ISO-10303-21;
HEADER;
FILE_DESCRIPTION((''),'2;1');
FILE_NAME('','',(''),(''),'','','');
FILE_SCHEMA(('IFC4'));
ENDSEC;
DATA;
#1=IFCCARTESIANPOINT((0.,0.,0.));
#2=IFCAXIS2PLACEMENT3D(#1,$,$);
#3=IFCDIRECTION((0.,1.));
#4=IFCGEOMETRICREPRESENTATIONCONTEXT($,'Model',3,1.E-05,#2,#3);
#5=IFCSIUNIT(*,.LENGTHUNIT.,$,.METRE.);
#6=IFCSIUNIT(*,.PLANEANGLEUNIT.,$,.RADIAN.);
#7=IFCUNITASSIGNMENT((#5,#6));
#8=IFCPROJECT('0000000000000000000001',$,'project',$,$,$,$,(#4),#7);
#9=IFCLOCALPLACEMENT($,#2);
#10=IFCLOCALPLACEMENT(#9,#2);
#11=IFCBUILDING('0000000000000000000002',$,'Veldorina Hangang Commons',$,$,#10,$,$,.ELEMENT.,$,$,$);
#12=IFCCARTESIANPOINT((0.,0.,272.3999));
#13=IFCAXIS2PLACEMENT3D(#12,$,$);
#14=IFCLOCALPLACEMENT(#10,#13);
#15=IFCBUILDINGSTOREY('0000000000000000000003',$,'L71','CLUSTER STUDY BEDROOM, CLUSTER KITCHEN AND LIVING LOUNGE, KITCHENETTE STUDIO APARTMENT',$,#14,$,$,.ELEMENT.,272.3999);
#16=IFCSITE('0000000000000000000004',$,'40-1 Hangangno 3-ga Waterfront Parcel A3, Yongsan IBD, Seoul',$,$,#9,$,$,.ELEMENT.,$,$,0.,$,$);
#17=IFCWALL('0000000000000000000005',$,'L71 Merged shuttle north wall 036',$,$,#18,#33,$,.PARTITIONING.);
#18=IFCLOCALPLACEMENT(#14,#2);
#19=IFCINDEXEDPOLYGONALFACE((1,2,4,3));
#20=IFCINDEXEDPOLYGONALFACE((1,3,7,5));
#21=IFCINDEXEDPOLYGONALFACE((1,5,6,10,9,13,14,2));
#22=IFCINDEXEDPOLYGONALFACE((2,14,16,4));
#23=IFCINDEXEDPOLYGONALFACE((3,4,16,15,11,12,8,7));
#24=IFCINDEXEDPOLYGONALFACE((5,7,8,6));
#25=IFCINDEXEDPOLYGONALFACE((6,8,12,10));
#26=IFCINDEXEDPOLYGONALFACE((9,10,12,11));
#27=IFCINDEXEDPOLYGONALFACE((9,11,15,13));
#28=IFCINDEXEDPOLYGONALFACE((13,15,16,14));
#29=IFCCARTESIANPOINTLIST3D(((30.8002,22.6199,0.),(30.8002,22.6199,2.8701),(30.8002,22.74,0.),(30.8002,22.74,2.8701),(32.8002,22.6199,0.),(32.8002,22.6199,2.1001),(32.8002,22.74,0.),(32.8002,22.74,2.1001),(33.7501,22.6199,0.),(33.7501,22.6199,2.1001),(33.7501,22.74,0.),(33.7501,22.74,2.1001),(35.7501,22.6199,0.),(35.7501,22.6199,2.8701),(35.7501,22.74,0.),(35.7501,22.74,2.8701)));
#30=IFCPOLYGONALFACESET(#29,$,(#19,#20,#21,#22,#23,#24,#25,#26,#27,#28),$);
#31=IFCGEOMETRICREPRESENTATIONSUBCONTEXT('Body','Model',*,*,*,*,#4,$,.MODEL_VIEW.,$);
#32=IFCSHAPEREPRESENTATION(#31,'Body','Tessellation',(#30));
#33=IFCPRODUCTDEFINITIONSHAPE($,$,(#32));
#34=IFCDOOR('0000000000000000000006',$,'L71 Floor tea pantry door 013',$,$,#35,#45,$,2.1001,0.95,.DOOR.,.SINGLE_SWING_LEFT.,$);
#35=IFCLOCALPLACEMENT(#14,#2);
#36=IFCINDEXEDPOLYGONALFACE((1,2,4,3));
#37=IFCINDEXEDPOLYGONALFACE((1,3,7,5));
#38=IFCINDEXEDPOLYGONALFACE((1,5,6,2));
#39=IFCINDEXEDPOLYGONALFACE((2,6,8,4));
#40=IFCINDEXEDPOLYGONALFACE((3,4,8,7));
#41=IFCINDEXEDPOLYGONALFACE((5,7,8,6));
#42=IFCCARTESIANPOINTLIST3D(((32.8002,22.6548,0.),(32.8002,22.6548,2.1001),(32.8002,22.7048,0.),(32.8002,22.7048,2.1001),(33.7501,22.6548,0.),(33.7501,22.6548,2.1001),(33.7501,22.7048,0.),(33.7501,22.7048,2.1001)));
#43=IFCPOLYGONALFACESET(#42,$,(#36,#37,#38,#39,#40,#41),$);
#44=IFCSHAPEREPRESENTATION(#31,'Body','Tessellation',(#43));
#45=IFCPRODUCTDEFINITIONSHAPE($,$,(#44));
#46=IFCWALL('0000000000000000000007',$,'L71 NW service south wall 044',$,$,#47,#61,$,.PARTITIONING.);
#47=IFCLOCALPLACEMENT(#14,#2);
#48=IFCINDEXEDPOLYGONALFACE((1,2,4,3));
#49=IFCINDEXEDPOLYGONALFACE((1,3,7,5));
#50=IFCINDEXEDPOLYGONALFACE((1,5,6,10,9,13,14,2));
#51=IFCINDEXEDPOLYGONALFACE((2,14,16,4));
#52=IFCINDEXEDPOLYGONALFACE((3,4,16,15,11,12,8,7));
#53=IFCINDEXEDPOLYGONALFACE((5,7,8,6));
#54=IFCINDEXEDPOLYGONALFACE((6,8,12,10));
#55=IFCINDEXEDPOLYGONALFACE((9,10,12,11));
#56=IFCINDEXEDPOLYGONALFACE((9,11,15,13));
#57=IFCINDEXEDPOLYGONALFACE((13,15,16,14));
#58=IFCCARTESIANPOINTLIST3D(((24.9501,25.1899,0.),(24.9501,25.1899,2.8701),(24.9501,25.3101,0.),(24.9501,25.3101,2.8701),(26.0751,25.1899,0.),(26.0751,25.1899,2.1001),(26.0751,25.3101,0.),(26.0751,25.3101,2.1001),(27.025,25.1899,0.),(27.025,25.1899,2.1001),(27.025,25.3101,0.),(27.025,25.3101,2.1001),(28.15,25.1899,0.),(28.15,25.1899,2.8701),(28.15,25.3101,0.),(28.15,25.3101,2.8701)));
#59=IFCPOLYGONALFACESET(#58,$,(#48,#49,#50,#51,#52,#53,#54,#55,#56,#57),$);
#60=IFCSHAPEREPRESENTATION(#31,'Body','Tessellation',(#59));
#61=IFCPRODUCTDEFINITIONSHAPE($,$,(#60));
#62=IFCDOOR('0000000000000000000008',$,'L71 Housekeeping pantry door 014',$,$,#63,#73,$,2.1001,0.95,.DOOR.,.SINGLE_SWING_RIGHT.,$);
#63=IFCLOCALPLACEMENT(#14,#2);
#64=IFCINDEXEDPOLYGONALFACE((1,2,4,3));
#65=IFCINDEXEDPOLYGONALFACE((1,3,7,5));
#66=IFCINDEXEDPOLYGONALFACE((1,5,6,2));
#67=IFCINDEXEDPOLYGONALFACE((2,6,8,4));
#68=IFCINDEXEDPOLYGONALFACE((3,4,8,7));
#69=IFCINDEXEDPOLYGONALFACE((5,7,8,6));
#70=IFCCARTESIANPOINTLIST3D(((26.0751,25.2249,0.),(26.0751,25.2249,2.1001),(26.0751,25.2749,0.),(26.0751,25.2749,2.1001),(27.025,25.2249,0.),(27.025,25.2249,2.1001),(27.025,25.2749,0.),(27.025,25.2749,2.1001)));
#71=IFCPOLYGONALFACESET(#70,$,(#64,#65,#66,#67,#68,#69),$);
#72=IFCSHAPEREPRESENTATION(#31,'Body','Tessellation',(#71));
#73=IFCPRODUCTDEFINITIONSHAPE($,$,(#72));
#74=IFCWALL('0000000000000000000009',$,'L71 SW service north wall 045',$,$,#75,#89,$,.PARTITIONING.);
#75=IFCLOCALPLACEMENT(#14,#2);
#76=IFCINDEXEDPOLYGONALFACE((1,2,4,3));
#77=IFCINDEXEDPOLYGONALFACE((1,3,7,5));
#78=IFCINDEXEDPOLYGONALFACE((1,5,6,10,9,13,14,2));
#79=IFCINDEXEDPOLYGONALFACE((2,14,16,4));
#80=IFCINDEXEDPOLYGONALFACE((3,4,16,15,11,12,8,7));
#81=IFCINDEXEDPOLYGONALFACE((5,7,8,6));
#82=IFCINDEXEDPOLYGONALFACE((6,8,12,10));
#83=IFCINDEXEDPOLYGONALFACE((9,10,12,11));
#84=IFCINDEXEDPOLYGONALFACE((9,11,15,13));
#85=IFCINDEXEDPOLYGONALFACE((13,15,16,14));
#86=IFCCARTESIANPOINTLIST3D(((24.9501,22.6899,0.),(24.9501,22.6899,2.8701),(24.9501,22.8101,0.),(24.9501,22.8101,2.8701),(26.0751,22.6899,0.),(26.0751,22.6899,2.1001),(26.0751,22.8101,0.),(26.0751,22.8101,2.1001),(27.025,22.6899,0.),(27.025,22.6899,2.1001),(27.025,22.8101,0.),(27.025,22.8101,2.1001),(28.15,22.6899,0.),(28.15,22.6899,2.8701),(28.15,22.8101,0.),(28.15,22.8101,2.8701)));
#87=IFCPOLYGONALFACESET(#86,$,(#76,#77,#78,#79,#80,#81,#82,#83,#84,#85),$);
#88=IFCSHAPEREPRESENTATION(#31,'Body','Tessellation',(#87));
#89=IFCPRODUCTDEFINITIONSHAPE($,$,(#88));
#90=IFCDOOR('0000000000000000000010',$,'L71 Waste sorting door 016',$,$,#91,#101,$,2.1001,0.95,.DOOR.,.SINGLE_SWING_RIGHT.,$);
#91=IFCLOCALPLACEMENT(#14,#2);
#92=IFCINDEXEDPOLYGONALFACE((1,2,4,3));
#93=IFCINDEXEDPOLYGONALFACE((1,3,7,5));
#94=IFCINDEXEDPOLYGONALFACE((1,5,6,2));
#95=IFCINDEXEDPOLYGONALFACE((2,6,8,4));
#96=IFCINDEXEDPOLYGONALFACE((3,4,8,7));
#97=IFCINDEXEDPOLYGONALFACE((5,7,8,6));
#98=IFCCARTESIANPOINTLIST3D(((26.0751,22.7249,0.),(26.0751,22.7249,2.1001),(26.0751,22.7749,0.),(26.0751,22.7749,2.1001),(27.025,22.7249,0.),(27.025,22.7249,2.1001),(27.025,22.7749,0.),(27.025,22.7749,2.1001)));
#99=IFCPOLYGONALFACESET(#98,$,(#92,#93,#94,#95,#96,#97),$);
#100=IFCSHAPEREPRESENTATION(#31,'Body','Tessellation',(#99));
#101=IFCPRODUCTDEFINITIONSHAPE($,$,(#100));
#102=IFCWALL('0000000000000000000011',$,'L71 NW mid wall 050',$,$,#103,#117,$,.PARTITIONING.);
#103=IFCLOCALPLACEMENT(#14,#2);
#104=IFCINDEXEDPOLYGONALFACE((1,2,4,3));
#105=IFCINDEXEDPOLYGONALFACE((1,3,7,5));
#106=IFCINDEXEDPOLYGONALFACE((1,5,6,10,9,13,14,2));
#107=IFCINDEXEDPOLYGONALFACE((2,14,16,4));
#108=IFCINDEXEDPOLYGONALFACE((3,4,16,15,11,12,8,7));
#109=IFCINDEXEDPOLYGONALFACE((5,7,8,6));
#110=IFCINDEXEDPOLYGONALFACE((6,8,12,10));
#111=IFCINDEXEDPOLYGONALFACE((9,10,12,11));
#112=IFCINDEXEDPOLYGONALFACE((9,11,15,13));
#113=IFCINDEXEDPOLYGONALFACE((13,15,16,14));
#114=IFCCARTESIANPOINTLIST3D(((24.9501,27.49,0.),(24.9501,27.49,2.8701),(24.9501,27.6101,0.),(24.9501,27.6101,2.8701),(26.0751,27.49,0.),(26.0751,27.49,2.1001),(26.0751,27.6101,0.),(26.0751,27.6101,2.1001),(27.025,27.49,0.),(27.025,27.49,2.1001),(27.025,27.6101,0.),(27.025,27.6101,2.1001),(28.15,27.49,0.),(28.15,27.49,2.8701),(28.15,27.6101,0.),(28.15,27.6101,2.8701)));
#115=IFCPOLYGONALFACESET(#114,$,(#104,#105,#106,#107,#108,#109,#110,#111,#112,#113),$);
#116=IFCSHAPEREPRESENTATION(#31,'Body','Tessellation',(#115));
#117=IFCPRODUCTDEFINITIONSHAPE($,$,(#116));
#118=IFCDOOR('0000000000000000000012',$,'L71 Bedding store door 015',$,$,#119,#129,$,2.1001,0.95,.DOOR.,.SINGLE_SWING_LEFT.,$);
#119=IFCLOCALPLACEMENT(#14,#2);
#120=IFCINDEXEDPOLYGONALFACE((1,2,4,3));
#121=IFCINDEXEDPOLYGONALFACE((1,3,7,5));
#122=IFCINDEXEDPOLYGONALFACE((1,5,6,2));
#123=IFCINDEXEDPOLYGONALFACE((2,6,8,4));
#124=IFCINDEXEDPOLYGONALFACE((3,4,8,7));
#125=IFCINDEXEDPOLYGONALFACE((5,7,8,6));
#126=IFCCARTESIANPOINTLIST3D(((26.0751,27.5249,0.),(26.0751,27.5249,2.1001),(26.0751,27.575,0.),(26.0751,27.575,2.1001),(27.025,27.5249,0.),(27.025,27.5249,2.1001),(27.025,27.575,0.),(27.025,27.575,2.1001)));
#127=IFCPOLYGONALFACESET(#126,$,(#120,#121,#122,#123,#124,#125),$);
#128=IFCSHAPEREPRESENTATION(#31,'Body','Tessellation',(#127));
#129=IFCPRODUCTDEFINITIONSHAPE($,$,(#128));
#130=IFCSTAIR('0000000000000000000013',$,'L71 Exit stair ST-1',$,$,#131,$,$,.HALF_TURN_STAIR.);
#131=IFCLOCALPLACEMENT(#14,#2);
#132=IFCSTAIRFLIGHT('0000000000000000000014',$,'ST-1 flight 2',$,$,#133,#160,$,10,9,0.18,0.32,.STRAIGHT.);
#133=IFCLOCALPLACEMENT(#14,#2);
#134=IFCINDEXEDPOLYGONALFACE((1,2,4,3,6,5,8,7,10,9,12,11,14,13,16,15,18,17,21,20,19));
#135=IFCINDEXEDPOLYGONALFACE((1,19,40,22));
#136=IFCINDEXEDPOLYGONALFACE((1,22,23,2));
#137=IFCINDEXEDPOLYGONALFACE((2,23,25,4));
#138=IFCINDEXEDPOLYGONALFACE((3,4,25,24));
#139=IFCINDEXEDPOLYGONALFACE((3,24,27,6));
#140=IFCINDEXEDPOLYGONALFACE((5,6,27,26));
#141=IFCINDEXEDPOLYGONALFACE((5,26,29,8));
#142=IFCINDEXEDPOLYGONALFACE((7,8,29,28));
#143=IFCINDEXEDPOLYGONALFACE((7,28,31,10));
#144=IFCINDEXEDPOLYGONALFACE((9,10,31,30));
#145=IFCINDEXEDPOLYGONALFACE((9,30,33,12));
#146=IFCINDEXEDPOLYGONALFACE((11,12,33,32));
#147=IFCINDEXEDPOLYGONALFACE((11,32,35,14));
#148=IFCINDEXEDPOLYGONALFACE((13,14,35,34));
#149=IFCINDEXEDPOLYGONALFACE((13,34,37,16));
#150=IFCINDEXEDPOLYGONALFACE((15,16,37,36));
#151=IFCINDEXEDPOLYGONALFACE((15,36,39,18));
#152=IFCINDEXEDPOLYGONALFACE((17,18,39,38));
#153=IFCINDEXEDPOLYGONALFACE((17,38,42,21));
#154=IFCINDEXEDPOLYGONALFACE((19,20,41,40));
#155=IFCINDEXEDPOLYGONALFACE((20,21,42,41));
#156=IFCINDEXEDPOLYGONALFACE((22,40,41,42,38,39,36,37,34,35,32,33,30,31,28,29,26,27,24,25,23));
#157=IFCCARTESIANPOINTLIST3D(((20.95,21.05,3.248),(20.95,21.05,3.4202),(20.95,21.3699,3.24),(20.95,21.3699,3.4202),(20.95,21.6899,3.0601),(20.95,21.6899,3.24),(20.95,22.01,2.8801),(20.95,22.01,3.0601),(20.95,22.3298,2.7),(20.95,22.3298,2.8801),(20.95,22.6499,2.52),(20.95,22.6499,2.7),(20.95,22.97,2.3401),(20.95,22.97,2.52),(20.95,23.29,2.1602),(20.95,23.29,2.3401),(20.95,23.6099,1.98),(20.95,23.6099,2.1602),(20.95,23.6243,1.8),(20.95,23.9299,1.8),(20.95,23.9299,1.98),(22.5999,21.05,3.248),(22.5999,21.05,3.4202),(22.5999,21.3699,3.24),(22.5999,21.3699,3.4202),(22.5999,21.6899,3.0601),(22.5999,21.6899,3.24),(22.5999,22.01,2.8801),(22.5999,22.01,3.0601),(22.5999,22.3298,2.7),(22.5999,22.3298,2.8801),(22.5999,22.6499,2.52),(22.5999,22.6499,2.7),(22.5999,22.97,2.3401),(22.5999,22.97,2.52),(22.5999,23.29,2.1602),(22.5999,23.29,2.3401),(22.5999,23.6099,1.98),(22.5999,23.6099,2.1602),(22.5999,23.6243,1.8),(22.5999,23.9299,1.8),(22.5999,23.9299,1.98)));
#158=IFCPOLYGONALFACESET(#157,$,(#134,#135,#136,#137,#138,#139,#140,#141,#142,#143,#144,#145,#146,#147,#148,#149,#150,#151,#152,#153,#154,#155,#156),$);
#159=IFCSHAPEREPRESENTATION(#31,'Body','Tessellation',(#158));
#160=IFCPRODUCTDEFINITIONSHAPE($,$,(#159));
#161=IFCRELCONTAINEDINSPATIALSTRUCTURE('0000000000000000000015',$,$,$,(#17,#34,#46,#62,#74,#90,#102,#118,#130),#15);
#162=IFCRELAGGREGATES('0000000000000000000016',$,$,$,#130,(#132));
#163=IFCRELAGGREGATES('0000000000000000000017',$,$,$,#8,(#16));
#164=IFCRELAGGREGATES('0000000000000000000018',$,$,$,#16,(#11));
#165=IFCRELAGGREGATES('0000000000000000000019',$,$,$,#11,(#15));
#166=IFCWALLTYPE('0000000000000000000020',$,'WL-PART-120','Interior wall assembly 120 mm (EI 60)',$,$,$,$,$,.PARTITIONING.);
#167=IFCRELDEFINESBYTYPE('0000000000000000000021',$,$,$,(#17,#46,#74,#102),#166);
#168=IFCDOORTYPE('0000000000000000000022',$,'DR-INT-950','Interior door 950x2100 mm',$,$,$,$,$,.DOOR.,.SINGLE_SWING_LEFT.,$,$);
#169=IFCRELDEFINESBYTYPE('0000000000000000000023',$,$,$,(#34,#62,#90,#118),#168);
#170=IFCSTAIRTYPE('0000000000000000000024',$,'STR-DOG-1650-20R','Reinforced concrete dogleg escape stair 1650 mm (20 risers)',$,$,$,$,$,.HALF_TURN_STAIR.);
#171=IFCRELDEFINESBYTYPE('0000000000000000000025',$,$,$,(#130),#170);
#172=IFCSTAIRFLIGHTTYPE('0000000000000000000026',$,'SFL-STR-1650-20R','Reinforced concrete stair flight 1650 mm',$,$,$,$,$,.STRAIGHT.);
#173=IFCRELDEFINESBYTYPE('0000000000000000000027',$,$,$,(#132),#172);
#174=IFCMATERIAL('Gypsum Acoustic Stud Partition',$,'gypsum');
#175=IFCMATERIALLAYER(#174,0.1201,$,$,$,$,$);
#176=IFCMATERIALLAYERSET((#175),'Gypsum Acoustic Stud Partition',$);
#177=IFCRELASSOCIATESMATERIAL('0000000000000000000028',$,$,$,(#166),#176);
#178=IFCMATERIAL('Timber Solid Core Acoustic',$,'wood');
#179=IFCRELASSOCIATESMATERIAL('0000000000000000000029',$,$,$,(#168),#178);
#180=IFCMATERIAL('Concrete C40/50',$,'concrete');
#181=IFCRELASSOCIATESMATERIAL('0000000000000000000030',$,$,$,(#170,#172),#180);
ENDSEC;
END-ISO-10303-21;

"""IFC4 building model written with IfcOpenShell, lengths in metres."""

from ifc_helpers import new_model, si_unit, direction, frame, frame_2d, origin, place, context, subcontext, project, spatial, polyline, rectangle, outline, extrude, material, layer, layer_set, type_object, element, fill, aggregate, save


model = new_model("IFC4")

# Units and contexts
model_context = context("Model", 3, precision=1e-05, world=origin(), true_north=direction((0.0, 1.0)))
body_context = subcontext(model_context, "Body", "Model", "MODEL_VIEW")
ifc_project = project(units=[si_unit("LENGTHUNIT", "METRE"), si_unit("PLANEANGLEUNIT", "RADIAN")], contexts=[model_context])

# Site, building, storey
site_placement = place(None, origin())
site = spatial("IfcSite", under=ifc_project, at=site_placement, Name="40-1 Hangangno 3-ga Waterfront Parcel A3, Yongsan IBD, Seoul", CompositionType="ELEMENT", RefElevation=0.0)
building_placement = place(site_placement, origin())
building = spatial("IfcBuilding", under=site, at=building_placement, Name="Veldorina Hangang Commons", CompositionType="ELEMENT")
storey_placement = place(building_placement, frame((0.0, 0.0, 272.3999)))
storey = spatial("IfcBuildingStorey", under=building, at=storey_placement, Name="L71", Description="CLUSTER STUDY BEDROOM, CLUSTER KITCHEN AND LIVING LOUNGE, KITCHENETTE STUDIO APARTMENT", CompositionType="ELEMENT", Elevation=272.3999)

# Shared definitions
ifc_material_1 = material(Name="Gypsum Acoustic Stud Partition", Category="gypsum")
ifc_layer_1 = layer(ifc_material_1, 0.1201)
ifc_layer_set_1 = layer_set([ifc_layer_1], Name="Gypsum Acoustic Stud Partition")
wall_type_1 = type_object("IfcWallType", Name="WL-PART-120", Description="Interior wall assembly 120 mm (EI 60)", PredefinedType="PARTITIONING", material=ifc_layer_set_1)

# Shared definitions
ifc_material_2 = material(Name="Timber Solid Core Acoustic", Category="wood")
door_type_1 = type_object("IfcDoorType", Name="DR-INT-950", Description="Interior door 950x2100 mm", OperationType="SINGLE_SWING_LEFT", PredefinedType="DOOR", material=ifc_material_2)

# Walls, openings, doors
wall_1_placement = place(storey_placement, frame((30.8, 22.6799, 0.0), z_axis=(0.0, 0.0, 1.0), x_axis=(1.0, 0.0, 0.0)))
wall_1 = element("IfcWall", 1, at=wall_1_placement, inside=storey, type_object=wall_type_1, Name="L71 Merged shuttle north wall 036", PredefinedType="PARTITIONING", context=body_context, shape_type="SweptSolid", body=[
    extrude(rectangle(XDim=4.95, YDim=0.1201, at=frame_2d((2.4751, 0.0))), origin(), (0.0, 0.0, 1.0), 2.8701),
])
opening_1_placement = place(wall_1_placement, frame((2.0, 0.0, 0.0)))
opening_1 = element("IfcOpeningElement", 2, at=opening_1_placement, cuts=wall_1, PredefinedType="OPENING", context=body_context, shape_type="SweptSolid", body=[
    extrude(rectangle(XDim=0.95, YDim=2.1001, at=frame_2d((0.4751, 1.05))), frame((0.0, 0.0701, 0.0), z_axis=(0.0, -1.0, 0.0), x_axis=(1.0, 0.0, 0.0)), (0.0, 0.0, 1.0), 0.1401),
])
door_1_placement = place(opening_1_placement, origin())
door_1 = element("IfcDoor", 3, at=door_1_placement, inside=storey, type_object=door_type_1, Name="L71 Floor tea pantry door 013", OperationType="SINGLE_SWING_LEFT", OverallHeight=2.1001, OverallWidth=0.95, PredefinedType="DOOR", context=body_context, shape_type="SweptSolid", body=[
    extrude(rectangle(XDim=0.95, YDim=2.1001, at=frame_2d((0.4751, 1.05))), frame((0.0, 0.0249, 0.0), z_axis=(0.0, -1.0, 0.0), x_axis=(1.0, 0.0, 0.0)), (0.0, 0.0, 1.0), 0.05),
])
fill(opening_1, door_1)
wall_2_placement = place(storey_placement, frame((24.95, 25.25, 0.0), z_axis=(0.0, 0.0, 1.0), x_axis=(1.0, 0.0, 0.0)))
wall_2 = element("IfcWall", 4, at=wall_2_placement, inside=storey, type_object=wall_type_1, Name="L71 NW service south wall 044", PredefinedType="PARTITIONING", context=body_context, shape_type="SweptSolid", body=[
    extrude(rectangle(XDim=3.2, YDim=0.1201, at=frame_2d((1.6001, 0.0))), origin(), (0.0, 0.0, 1.0), 2.8701),
])
opening_2_placement = place(wall_2_placement, frame((1.125, 0.0, 0.0)))
opening_2 = element("IfcOpeningElement", 5, at=opening_2_placement, cuts=wall_2, PredefinedType="OPENING", context=body_context, shape_type="SweptSolid", body=[
    extrude(rectangle(XDim=0.95, YDim=2.1001, at=frame_2d((0.4751, 1.05))), frame((0.0, 0.0701, 0.0), z_axis=(0.0, -1.0, 0.0), x_axis=(1.0, 0.0, 0.0)), (0.0, 0.0, 1.0), 0.1401),
])
door_2_placement = place(opening_2_placement, origin())
door_2 = element("IfcDoor", 6, at=door_2_placement, inside=storey, type_object=door_type_1, Name="L71 Housekeeping pantry door 014", OperationType="SINGLE_SWING_RIGHT", OverallHeight=2.1001, OverallWidth=0.95, PredefinedType="DOOR", context=body_context, shape_type="SweptSolid", body=[
    extrude(rectangle(XDim=0.95, YDim=2.1001, at=frame_2d((0.4751, 1.05))), frame((0.0, 0.0249, 0.0), z_axis=(0.0, -1.0, 0.0), x_axis=(1.0, 0.0, 0.0)), (0.0, 0.0, 1.0), 0.05),
])
fill(opening_2, door_2)
wall_3_placement = place(storey_placement, frame((24.95, 22.75, 0.0), z_axis=(0.0, 0.0, 1.0), x_axis=(1.0, 0.0, 0.0)))
wall_3 = element("IfcWall", 7, at=wall_3_placement, inside=storey, type_object=wall_type_1, Name="L71 SW service north wall 045", PredefinedType="PARTITIONING", context=body_context, shape_type="SweptSolid", body=[
    extrude(rectangle(XDim=3.2, YDim=0.1201, at=frame_2d((1.6001, 0.0))), origin(), (0.0, 0.0, 1.0), 2.8701),
])
opening_3_placement = place(wall_3_placement, frame((1.125, 0.0, 0.0)))
opening_3 = element("IfcOpeningElement", 8, at=opening_3_placement, cuts=wall_3, PredefinedType="OPENING", context=body_context, shape_type="SweptSolid", body=[
    extrude(rectangle(XDim=0.95, YDim=2.1001, at=frame_2d((0.4751, 1.05))), frame((0.0, 0.0701, 0.0), z_axis=(0.0, -1.0, 0.0), x_axis=(1.0, 0.0, 0.0)), (0.0, 0.0, 1.0), 0.1401),
])
door_3_placement = place(opening_3_placement, origin())
door_3 = element("IfcDoor", 9, at=door_3_placement, inside=storey, type_object=door_type_1, Name="L71 Waste sorting door 016", OperationType="SINGLE_SWING_RIGHT", OverallHeight=2.1001, OverallWidth=0.95, PredefinedType="DOOR", context=body_context, shape_type="SweptSolid", body=[
    extrude(rectangle(XDim=0.95, YDim=2.1001, at=frame_2d((0.4751, 1.05))), frame((0.0, 0.0249, 0.0), z_axis=(0.0, -1.0, 0.0), x_axis=(1.0, 0.0, 0.0)), (0.0, 0.0, 1.0), 0.05),
])
fill(opening_3, door_3)
wall_4_placement = place(storey_placement, frame((24.95, 27.55, 0.0), z_axis=(0.0, 0.0, 1.0), x_axis=(1.0, 0.0, 0.0)))
wall_4 = element("IfcWall", 10, at=wall_4_placement, inside=storey, type_object=wall_type_1, Name="L71 NW mid wall 050", PredefinedType="PARTITIONING", context=body_context, shape_type="SweptSolid", body=[
    extrude(rectangle(XDim=3.2, YDim=0.1201, at=frame_2d((1.6001, 0.0))), origin(), (0.0, 0.0, 1.0), 2.8701),
])
opening_4_placement = place(wall_4_placement, frame((1.125, 0.0, 0.0)))
opening_4 = element("IfcOpeningElement", 11, at=opening_4_placement, cuts=wall_4, PredefinedType="OPENING", context=body_context, shape_type="SweptSolid", body=[
    extrude(rectangle(XDim=0.95, YDim=2.1001, at=frame_2d((0.4751, 1.05))), frame((0.0, 0.0701, 0.0), z_axis=(0.0, -1.0, 0.0), x_axis=(1.0, 0.0, 0.0)), (0.0, 0.0, 1.0), 0.1401),
])
door_4_placement = place(opening_4_placement, origin())
door_4 = element("IfcDoor", 12, at=door_4_placement, inside=storey, type_object=door_type_1, Name="L71 Bedding store door 015", OperationType="SINGLE_SWING_LEFT", OverallHeight=2.1001, OverallWidth=0.95, PredefinedType="DOOR", context=body_context, shape_type="SweptSolid", body=[
    extrude(rectangle(XDim=0.95, YDim=2.1001, at=frame_2d((0.4751, 1.05))), frame((0.0, 0.0249, 0.0), z_axis=(0.0, -1.0, 0.0), x_axis=(1.0, 0.0, 0.0)), (0.0, 0.0, 1.0), 0.05),
])
fill(opening_4, door_4)

# Stair, stair flight
ifc_material_3 = material(Name="Concrete C40/50", Category="concrete")
stair_type = type_object("IfcStairType", Name="STR-DOG-1650-20R", Description="Reinforced concrete dogleg escape stair 1650 mm (20 risers)", PredefinedType="HALF_TURN_STAIR", material=ifc_material_3)
stair_placement = place(storey_placement, origin())
stair = element("IfcStair", 13, at=stair_placement, inside=storey, type_object=stair_type, Name="L71 Exit stair ST-1", PredefinedType="HALF_TURN_STAIR")
stair_flight_type = type_object("IfcStairFlightType", Name="SFL-STR-1650-20R", Description="Reinforced concrete stair flight 1650 mm", PredefinedType="STRAIGHT", material=ifc_material_3)
stair_flight_placement = place(storey_placement, frame((21.7749, 23.9299, 1.8), z_axis=(0.0, 0.0, 1.0), x_axis=(0.0, -1.0, 0.0)))
stair_flight = element("IfcStairFlight", 14, at=stair_flight_placement, type_object=stair_flight_type, Name="ST-1 flight 2", NumberOfRisers=10, NumberOfTreads=9, PredefinedType="STRAIGHT", RiserHeight=0.18, TreadLength=0.32, context=body_context, shape_type="SweptSolid", body=[
    extrude(outline(polyline([(0.0, 0.0), (0.0, 0.1799), (0.3201, 0.1799), (0.3201, 0.3601), (0.6399, 0.3601), (0.6399, 0.54), (0.96, 0.54), (0.96, 0.72), (1.28, 0.72), (1.28, 0.8999), (1.6001, 0.8999), (1.6001, 1.0801), (1.9199, 1.0801), (1.9199, 1.26), (2.24, 1.26), (2.24, 1.4399), (2.5601, 1.4399), (2.5601, 1.6201), (2.8799, 1.6201), (2.8799, 1.8), (2.8799, 1.448), (0.3057, 0.0), (0.0, 0.0)])), frame((0.0, 0.825, 0.0), z_axis=(0.0, -1.0, 0.0), x_axis=(1.0, 0.0, 0.0)), (0.0, 0.0, 1.0), 1.6499),
])
aggregate(stair, [stair_flight])

save(model, "model.ifc")
